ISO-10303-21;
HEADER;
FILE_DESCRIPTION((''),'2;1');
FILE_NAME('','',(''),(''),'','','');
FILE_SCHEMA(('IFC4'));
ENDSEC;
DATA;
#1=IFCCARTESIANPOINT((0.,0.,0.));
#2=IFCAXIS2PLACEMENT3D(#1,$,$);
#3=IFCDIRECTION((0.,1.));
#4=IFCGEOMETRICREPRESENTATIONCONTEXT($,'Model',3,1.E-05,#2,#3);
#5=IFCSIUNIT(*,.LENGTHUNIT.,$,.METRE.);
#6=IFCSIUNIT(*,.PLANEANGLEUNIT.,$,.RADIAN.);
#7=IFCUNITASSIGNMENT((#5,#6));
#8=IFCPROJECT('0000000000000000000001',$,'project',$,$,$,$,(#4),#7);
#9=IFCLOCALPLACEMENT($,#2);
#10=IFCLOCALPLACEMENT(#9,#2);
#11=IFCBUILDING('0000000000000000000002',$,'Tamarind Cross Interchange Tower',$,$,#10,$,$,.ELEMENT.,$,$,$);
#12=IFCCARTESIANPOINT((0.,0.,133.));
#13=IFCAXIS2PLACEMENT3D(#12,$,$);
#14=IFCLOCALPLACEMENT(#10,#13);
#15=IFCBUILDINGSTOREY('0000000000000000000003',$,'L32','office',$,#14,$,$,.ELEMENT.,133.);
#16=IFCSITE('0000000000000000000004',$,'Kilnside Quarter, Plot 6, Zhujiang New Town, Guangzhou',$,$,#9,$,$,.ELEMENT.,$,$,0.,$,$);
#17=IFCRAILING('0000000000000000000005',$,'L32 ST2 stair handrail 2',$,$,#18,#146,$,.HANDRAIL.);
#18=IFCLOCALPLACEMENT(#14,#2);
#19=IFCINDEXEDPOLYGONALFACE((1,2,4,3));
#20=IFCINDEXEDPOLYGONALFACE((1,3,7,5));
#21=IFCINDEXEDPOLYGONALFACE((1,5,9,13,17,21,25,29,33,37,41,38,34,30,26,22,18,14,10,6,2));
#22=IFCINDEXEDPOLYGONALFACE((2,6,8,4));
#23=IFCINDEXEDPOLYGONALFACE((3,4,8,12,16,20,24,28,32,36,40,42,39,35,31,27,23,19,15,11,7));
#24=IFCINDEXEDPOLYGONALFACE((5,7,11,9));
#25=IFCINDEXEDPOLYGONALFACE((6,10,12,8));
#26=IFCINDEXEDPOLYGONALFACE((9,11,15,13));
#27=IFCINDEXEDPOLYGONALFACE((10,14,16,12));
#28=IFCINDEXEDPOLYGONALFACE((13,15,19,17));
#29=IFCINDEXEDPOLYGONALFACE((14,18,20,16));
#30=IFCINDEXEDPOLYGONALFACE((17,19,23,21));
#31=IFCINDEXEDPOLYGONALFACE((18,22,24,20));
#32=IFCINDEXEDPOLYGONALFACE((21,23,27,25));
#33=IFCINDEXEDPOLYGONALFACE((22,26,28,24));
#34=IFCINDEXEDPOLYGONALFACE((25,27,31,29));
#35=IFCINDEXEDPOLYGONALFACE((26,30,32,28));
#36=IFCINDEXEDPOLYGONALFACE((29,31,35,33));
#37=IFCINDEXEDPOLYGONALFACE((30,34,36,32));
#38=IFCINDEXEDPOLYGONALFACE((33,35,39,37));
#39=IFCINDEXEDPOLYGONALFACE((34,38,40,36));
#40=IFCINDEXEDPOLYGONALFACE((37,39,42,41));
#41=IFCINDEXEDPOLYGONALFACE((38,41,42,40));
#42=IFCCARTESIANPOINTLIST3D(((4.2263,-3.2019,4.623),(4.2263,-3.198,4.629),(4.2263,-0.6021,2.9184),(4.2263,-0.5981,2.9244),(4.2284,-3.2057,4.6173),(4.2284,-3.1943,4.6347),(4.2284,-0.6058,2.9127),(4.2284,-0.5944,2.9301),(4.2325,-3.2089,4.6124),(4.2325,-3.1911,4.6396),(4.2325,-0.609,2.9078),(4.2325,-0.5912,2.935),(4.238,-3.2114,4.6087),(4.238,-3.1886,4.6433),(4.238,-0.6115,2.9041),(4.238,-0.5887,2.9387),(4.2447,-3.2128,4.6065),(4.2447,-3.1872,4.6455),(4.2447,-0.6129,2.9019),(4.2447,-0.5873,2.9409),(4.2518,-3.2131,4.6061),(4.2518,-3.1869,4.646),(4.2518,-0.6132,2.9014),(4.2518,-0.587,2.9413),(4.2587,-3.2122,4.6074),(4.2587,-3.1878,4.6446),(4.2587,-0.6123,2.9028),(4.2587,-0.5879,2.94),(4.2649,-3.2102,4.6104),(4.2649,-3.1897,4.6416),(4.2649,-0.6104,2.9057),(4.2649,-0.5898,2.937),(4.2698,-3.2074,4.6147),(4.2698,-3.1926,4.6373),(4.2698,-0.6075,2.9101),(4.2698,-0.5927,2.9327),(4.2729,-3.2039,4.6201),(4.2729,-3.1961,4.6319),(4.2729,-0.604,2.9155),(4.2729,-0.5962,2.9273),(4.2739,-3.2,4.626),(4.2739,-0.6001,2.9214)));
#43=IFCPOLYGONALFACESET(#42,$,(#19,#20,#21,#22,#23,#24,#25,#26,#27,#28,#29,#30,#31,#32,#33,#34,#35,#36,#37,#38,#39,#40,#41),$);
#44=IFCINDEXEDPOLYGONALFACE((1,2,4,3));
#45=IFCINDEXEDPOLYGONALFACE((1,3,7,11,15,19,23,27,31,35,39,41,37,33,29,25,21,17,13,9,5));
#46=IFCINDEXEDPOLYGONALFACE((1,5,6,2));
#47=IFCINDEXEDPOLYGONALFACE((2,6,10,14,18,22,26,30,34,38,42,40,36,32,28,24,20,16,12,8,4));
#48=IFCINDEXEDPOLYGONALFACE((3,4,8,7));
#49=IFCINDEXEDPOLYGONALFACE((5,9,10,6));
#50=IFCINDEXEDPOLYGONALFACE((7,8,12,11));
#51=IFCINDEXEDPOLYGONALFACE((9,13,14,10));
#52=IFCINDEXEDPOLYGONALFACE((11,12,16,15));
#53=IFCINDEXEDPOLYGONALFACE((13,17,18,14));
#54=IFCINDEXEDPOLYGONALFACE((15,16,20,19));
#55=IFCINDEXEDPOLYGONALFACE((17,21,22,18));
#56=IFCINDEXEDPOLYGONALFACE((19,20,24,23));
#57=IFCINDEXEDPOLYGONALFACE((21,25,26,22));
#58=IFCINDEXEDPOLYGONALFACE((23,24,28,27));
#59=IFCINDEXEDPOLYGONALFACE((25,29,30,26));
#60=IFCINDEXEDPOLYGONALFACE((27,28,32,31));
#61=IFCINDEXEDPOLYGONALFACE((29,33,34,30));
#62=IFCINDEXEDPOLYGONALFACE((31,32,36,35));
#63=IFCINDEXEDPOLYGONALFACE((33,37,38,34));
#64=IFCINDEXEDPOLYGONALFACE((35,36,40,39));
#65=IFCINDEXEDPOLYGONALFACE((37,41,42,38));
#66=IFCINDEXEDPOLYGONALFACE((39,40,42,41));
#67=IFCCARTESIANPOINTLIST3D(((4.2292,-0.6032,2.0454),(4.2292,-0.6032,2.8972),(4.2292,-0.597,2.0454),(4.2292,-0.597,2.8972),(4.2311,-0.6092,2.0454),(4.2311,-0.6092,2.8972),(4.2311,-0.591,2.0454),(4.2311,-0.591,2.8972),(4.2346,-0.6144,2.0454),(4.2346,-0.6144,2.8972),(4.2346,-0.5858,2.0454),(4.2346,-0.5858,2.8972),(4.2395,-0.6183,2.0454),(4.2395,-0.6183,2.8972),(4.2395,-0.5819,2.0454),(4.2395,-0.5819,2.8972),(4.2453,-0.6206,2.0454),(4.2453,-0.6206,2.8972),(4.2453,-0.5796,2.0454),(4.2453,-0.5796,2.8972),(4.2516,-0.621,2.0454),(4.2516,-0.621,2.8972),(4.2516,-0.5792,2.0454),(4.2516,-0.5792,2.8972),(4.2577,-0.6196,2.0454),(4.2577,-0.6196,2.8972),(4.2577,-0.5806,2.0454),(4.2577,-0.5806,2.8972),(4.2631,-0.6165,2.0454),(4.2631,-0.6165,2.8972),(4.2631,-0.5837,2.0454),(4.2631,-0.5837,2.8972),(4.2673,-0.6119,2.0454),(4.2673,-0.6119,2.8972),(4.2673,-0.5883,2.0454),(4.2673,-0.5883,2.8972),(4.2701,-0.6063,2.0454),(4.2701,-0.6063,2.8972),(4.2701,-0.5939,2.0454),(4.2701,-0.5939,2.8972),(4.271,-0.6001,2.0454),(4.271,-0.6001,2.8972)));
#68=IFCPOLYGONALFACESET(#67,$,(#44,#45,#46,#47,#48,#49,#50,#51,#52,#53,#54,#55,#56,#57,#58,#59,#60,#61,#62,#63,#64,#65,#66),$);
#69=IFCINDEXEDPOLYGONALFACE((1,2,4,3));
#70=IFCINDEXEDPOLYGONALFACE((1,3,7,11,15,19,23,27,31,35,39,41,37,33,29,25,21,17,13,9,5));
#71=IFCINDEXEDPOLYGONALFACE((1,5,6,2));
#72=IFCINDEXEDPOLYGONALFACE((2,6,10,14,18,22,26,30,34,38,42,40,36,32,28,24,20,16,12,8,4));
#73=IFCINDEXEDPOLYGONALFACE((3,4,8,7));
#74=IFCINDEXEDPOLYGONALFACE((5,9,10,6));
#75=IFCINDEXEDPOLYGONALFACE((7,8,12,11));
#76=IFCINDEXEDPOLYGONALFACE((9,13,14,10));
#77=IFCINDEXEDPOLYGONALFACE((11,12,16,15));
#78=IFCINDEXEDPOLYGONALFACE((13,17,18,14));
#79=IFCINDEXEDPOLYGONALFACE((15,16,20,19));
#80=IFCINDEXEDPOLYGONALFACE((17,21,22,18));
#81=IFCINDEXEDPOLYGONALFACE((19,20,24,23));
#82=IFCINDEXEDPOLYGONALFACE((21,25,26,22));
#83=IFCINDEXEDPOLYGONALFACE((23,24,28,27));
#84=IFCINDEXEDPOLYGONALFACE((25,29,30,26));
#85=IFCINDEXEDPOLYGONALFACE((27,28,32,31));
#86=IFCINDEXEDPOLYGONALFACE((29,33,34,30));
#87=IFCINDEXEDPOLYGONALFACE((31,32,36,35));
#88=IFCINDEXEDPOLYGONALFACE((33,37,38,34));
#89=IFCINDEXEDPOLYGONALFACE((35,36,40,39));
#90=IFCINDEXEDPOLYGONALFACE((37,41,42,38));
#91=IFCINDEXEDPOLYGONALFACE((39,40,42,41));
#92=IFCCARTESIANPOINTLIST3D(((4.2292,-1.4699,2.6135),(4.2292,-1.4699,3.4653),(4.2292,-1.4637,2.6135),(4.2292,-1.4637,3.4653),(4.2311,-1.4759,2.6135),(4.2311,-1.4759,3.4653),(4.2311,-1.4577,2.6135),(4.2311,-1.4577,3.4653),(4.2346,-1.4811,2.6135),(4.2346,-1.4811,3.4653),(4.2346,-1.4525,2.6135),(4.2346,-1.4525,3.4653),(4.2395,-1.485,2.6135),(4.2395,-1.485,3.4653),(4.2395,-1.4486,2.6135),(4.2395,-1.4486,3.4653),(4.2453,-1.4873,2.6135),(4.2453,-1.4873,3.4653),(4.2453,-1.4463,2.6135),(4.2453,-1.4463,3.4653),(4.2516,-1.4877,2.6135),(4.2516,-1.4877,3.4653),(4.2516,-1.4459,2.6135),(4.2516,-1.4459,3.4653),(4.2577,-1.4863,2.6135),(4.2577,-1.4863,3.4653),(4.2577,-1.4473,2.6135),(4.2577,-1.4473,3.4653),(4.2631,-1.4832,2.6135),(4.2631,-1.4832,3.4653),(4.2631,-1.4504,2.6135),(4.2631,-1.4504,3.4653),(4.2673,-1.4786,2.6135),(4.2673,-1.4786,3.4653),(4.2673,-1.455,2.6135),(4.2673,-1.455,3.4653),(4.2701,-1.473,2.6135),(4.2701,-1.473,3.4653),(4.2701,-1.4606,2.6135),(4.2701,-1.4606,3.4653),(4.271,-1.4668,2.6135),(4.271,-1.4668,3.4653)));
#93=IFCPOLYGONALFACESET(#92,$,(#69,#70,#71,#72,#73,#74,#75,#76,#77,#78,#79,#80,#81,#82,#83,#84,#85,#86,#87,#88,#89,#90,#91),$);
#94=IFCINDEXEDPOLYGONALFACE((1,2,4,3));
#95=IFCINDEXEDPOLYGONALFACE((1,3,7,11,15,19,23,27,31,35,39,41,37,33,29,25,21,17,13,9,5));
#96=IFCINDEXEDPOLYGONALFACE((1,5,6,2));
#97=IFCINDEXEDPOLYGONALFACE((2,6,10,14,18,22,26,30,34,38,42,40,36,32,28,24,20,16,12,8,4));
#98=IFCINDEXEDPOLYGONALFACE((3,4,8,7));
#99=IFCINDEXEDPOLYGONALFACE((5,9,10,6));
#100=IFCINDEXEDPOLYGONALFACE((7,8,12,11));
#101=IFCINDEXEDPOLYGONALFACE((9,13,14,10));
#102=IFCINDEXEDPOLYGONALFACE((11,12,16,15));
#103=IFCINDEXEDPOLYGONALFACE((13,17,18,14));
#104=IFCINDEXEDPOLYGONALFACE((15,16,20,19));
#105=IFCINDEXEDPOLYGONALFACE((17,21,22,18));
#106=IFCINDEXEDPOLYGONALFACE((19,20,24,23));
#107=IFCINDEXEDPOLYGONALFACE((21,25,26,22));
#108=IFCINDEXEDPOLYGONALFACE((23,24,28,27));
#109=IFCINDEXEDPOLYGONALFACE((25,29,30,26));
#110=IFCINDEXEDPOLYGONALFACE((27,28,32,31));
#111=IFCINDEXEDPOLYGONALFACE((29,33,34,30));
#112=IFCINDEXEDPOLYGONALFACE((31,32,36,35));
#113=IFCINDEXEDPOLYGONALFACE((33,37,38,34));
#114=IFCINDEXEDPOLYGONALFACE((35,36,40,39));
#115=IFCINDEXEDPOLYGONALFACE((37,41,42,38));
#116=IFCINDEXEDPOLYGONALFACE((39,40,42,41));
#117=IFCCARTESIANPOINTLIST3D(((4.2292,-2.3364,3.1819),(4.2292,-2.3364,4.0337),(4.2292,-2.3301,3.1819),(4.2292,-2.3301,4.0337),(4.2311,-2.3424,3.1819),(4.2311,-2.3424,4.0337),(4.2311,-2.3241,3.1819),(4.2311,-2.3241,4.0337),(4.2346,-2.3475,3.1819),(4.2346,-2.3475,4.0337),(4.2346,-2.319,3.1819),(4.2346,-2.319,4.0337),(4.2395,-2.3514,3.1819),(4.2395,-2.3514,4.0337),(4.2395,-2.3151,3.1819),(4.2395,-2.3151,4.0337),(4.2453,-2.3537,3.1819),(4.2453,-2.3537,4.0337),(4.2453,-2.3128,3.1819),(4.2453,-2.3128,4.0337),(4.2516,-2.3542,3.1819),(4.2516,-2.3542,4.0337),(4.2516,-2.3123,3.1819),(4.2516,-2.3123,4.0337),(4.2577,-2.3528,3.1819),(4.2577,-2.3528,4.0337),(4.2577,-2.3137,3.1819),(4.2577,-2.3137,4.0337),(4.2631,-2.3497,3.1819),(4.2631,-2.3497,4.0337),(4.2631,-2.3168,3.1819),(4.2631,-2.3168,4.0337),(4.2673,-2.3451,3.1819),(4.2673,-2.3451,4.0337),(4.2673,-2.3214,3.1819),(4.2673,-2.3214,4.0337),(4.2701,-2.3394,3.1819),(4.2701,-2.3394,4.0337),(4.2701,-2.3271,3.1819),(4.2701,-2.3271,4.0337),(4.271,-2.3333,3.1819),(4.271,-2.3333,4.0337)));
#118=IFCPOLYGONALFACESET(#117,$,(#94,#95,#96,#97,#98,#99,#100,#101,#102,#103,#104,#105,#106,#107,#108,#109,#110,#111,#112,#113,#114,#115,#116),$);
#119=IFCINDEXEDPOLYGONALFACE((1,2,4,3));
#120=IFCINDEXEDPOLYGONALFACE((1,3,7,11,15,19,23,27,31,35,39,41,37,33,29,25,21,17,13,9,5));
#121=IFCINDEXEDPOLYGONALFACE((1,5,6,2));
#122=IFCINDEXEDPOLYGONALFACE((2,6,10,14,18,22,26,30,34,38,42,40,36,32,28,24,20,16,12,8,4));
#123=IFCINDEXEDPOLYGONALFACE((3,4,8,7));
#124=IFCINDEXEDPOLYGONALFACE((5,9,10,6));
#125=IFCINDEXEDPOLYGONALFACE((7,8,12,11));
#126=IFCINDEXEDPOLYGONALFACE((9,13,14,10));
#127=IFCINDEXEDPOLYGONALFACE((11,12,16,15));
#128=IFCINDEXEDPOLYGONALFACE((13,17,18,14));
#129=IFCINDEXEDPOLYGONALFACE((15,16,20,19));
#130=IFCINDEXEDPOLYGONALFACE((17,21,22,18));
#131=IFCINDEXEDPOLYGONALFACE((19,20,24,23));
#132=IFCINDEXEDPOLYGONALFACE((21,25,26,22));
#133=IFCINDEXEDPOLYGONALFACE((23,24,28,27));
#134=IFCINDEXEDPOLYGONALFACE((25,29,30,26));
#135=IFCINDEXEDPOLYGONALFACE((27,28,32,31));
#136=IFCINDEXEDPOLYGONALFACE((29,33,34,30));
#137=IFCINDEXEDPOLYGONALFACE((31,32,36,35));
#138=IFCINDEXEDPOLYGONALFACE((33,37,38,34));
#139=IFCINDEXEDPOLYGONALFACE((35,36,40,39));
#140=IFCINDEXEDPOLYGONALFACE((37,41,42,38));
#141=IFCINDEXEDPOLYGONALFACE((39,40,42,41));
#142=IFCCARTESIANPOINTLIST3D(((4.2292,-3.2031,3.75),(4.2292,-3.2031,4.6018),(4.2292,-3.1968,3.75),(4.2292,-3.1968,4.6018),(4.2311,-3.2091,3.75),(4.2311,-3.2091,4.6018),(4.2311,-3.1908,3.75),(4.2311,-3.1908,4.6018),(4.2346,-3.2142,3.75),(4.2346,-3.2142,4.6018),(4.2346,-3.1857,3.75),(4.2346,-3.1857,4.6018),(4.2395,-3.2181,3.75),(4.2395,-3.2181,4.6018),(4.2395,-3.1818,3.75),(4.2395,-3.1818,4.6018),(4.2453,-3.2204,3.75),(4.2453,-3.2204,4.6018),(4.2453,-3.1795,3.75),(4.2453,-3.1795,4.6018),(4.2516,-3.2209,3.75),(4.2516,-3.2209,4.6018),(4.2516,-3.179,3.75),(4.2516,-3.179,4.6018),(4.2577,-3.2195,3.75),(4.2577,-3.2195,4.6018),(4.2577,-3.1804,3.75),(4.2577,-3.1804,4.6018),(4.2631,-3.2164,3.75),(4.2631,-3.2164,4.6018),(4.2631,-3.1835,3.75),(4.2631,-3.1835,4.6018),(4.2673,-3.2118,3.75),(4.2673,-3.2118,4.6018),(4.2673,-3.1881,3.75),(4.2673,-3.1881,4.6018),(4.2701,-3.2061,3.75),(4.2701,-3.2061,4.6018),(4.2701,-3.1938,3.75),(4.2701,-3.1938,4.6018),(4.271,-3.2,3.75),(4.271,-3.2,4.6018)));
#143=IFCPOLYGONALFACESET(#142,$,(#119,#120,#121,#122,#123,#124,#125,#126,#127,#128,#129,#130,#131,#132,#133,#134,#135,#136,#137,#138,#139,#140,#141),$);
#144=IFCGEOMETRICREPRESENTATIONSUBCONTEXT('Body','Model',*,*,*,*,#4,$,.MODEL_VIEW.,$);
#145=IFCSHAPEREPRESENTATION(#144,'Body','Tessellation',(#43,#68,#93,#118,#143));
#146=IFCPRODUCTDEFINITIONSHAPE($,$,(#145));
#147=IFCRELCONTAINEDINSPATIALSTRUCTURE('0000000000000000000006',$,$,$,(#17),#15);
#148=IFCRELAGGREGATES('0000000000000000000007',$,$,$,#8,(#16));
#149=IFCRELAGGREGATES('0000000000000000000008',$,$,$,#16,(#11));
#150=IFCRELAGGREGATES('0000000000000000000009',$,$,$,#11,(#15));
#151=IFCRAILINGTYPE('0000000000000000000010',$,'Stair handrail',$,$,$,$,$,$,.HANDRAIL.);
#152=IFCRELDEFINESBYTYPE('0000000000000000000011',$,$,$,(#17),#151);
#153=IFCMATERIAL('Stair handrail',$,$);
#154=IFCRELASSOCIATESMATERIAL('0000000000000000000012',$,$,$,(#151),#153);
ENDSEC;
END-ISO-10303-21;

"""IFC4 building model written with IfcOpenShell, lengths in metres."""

from ifc_helpers import new_model, si_unit, direction, frame, origin, origin_2d, place, context, subcontext, project, spatial, circle, extrude, material, type_object, element, save


model = new_model("IFC4")

# Units and contexts
model_context = context("Model", 3, precision=1e-05, world=origin(), true_north=direction((0.0, 1.0)))
body_context = subcontext(model_context, "Body", "Model", "MODEL_VIEW")
ifc_project = project(units=[si_unit("LENGTHUNIT", "METRE"), si_unit("PLANEANGLEUNIT", "RADIAN")], contexts=[model_context])

# Site, building, storey
site_placement = place(None, origin())
site = spatial("IfcSite", under=ifc_project, at=site_placement, Name="Kilnside Quarter, Plot 6, Zhujiang New Town, Guangzhou", CompositionType="ELEMENT", RefElevation=0.0)
building_placement = place(site_placement, origin())
building = spatial("IfcBuilding", under=site, at=building_placement, Name="Tamarind Cross Interchange Tower", CompositionType="ELEMENT")
storey_placement = place(building_placement, frame((0.0, 0.0, 133.0)))
storey = spatial("IfcBuildingStorey", under=building, at=storey_placement, Name="L32", Description="office", CompositionType="ELEMENT", Elevation=133.0)

# Railing
ifc_material_1 = material(Name="Stair handrail")
railing_type = type_object("IfcRailingType", Name="Stair handrail", PredefinedType="HANDRAIL", material=ifc_material_1)
railing_placement = place(storey_placement, frame((4.25, -0.6001, 2.0454)))
element("IfcRailing", 1, at=railing_placement, inside=storey, type_object=railing_type, Name="L32 ST2 stair handrail 2", PredefinedType="HANDRAIL", context=body_context, shape_type="SweptSolid", body=[
    extrude(circle(Radius=0.0239, at=origin_2d()), frame((0.0, 0.0, 0.876), z_axis=(0.0, -0.836279, 0.548305), x_axis=(1.0, 0.0, 0.0)), (0.0, 0.0, 1.0), 3.1089),
    extrude(circle(Radius=0.021, at=origin_2d()), origin(), (0.0, 0.0, 1.0), 0.8518),
    extrude(circle(Radius=0.021, at=origin_2d()), frame((0.0, -0.8667, 0.5681)), (0.0, 0.0, 1.0), 0.8518),
    extrude(circle(Radius=0.021, at=origin_2d()), frame((0.0, -1.7332, 1.1365)), (0.0, 0.0, 1.0), 0.8518),
    extrude(circle(Radius=0.021, at=origin_2d()), frame((0.0, -2.5999, 1.7046)), (0.0, 0.0, 1.0), 0.8518),
])

save(model, "model.ifc")
